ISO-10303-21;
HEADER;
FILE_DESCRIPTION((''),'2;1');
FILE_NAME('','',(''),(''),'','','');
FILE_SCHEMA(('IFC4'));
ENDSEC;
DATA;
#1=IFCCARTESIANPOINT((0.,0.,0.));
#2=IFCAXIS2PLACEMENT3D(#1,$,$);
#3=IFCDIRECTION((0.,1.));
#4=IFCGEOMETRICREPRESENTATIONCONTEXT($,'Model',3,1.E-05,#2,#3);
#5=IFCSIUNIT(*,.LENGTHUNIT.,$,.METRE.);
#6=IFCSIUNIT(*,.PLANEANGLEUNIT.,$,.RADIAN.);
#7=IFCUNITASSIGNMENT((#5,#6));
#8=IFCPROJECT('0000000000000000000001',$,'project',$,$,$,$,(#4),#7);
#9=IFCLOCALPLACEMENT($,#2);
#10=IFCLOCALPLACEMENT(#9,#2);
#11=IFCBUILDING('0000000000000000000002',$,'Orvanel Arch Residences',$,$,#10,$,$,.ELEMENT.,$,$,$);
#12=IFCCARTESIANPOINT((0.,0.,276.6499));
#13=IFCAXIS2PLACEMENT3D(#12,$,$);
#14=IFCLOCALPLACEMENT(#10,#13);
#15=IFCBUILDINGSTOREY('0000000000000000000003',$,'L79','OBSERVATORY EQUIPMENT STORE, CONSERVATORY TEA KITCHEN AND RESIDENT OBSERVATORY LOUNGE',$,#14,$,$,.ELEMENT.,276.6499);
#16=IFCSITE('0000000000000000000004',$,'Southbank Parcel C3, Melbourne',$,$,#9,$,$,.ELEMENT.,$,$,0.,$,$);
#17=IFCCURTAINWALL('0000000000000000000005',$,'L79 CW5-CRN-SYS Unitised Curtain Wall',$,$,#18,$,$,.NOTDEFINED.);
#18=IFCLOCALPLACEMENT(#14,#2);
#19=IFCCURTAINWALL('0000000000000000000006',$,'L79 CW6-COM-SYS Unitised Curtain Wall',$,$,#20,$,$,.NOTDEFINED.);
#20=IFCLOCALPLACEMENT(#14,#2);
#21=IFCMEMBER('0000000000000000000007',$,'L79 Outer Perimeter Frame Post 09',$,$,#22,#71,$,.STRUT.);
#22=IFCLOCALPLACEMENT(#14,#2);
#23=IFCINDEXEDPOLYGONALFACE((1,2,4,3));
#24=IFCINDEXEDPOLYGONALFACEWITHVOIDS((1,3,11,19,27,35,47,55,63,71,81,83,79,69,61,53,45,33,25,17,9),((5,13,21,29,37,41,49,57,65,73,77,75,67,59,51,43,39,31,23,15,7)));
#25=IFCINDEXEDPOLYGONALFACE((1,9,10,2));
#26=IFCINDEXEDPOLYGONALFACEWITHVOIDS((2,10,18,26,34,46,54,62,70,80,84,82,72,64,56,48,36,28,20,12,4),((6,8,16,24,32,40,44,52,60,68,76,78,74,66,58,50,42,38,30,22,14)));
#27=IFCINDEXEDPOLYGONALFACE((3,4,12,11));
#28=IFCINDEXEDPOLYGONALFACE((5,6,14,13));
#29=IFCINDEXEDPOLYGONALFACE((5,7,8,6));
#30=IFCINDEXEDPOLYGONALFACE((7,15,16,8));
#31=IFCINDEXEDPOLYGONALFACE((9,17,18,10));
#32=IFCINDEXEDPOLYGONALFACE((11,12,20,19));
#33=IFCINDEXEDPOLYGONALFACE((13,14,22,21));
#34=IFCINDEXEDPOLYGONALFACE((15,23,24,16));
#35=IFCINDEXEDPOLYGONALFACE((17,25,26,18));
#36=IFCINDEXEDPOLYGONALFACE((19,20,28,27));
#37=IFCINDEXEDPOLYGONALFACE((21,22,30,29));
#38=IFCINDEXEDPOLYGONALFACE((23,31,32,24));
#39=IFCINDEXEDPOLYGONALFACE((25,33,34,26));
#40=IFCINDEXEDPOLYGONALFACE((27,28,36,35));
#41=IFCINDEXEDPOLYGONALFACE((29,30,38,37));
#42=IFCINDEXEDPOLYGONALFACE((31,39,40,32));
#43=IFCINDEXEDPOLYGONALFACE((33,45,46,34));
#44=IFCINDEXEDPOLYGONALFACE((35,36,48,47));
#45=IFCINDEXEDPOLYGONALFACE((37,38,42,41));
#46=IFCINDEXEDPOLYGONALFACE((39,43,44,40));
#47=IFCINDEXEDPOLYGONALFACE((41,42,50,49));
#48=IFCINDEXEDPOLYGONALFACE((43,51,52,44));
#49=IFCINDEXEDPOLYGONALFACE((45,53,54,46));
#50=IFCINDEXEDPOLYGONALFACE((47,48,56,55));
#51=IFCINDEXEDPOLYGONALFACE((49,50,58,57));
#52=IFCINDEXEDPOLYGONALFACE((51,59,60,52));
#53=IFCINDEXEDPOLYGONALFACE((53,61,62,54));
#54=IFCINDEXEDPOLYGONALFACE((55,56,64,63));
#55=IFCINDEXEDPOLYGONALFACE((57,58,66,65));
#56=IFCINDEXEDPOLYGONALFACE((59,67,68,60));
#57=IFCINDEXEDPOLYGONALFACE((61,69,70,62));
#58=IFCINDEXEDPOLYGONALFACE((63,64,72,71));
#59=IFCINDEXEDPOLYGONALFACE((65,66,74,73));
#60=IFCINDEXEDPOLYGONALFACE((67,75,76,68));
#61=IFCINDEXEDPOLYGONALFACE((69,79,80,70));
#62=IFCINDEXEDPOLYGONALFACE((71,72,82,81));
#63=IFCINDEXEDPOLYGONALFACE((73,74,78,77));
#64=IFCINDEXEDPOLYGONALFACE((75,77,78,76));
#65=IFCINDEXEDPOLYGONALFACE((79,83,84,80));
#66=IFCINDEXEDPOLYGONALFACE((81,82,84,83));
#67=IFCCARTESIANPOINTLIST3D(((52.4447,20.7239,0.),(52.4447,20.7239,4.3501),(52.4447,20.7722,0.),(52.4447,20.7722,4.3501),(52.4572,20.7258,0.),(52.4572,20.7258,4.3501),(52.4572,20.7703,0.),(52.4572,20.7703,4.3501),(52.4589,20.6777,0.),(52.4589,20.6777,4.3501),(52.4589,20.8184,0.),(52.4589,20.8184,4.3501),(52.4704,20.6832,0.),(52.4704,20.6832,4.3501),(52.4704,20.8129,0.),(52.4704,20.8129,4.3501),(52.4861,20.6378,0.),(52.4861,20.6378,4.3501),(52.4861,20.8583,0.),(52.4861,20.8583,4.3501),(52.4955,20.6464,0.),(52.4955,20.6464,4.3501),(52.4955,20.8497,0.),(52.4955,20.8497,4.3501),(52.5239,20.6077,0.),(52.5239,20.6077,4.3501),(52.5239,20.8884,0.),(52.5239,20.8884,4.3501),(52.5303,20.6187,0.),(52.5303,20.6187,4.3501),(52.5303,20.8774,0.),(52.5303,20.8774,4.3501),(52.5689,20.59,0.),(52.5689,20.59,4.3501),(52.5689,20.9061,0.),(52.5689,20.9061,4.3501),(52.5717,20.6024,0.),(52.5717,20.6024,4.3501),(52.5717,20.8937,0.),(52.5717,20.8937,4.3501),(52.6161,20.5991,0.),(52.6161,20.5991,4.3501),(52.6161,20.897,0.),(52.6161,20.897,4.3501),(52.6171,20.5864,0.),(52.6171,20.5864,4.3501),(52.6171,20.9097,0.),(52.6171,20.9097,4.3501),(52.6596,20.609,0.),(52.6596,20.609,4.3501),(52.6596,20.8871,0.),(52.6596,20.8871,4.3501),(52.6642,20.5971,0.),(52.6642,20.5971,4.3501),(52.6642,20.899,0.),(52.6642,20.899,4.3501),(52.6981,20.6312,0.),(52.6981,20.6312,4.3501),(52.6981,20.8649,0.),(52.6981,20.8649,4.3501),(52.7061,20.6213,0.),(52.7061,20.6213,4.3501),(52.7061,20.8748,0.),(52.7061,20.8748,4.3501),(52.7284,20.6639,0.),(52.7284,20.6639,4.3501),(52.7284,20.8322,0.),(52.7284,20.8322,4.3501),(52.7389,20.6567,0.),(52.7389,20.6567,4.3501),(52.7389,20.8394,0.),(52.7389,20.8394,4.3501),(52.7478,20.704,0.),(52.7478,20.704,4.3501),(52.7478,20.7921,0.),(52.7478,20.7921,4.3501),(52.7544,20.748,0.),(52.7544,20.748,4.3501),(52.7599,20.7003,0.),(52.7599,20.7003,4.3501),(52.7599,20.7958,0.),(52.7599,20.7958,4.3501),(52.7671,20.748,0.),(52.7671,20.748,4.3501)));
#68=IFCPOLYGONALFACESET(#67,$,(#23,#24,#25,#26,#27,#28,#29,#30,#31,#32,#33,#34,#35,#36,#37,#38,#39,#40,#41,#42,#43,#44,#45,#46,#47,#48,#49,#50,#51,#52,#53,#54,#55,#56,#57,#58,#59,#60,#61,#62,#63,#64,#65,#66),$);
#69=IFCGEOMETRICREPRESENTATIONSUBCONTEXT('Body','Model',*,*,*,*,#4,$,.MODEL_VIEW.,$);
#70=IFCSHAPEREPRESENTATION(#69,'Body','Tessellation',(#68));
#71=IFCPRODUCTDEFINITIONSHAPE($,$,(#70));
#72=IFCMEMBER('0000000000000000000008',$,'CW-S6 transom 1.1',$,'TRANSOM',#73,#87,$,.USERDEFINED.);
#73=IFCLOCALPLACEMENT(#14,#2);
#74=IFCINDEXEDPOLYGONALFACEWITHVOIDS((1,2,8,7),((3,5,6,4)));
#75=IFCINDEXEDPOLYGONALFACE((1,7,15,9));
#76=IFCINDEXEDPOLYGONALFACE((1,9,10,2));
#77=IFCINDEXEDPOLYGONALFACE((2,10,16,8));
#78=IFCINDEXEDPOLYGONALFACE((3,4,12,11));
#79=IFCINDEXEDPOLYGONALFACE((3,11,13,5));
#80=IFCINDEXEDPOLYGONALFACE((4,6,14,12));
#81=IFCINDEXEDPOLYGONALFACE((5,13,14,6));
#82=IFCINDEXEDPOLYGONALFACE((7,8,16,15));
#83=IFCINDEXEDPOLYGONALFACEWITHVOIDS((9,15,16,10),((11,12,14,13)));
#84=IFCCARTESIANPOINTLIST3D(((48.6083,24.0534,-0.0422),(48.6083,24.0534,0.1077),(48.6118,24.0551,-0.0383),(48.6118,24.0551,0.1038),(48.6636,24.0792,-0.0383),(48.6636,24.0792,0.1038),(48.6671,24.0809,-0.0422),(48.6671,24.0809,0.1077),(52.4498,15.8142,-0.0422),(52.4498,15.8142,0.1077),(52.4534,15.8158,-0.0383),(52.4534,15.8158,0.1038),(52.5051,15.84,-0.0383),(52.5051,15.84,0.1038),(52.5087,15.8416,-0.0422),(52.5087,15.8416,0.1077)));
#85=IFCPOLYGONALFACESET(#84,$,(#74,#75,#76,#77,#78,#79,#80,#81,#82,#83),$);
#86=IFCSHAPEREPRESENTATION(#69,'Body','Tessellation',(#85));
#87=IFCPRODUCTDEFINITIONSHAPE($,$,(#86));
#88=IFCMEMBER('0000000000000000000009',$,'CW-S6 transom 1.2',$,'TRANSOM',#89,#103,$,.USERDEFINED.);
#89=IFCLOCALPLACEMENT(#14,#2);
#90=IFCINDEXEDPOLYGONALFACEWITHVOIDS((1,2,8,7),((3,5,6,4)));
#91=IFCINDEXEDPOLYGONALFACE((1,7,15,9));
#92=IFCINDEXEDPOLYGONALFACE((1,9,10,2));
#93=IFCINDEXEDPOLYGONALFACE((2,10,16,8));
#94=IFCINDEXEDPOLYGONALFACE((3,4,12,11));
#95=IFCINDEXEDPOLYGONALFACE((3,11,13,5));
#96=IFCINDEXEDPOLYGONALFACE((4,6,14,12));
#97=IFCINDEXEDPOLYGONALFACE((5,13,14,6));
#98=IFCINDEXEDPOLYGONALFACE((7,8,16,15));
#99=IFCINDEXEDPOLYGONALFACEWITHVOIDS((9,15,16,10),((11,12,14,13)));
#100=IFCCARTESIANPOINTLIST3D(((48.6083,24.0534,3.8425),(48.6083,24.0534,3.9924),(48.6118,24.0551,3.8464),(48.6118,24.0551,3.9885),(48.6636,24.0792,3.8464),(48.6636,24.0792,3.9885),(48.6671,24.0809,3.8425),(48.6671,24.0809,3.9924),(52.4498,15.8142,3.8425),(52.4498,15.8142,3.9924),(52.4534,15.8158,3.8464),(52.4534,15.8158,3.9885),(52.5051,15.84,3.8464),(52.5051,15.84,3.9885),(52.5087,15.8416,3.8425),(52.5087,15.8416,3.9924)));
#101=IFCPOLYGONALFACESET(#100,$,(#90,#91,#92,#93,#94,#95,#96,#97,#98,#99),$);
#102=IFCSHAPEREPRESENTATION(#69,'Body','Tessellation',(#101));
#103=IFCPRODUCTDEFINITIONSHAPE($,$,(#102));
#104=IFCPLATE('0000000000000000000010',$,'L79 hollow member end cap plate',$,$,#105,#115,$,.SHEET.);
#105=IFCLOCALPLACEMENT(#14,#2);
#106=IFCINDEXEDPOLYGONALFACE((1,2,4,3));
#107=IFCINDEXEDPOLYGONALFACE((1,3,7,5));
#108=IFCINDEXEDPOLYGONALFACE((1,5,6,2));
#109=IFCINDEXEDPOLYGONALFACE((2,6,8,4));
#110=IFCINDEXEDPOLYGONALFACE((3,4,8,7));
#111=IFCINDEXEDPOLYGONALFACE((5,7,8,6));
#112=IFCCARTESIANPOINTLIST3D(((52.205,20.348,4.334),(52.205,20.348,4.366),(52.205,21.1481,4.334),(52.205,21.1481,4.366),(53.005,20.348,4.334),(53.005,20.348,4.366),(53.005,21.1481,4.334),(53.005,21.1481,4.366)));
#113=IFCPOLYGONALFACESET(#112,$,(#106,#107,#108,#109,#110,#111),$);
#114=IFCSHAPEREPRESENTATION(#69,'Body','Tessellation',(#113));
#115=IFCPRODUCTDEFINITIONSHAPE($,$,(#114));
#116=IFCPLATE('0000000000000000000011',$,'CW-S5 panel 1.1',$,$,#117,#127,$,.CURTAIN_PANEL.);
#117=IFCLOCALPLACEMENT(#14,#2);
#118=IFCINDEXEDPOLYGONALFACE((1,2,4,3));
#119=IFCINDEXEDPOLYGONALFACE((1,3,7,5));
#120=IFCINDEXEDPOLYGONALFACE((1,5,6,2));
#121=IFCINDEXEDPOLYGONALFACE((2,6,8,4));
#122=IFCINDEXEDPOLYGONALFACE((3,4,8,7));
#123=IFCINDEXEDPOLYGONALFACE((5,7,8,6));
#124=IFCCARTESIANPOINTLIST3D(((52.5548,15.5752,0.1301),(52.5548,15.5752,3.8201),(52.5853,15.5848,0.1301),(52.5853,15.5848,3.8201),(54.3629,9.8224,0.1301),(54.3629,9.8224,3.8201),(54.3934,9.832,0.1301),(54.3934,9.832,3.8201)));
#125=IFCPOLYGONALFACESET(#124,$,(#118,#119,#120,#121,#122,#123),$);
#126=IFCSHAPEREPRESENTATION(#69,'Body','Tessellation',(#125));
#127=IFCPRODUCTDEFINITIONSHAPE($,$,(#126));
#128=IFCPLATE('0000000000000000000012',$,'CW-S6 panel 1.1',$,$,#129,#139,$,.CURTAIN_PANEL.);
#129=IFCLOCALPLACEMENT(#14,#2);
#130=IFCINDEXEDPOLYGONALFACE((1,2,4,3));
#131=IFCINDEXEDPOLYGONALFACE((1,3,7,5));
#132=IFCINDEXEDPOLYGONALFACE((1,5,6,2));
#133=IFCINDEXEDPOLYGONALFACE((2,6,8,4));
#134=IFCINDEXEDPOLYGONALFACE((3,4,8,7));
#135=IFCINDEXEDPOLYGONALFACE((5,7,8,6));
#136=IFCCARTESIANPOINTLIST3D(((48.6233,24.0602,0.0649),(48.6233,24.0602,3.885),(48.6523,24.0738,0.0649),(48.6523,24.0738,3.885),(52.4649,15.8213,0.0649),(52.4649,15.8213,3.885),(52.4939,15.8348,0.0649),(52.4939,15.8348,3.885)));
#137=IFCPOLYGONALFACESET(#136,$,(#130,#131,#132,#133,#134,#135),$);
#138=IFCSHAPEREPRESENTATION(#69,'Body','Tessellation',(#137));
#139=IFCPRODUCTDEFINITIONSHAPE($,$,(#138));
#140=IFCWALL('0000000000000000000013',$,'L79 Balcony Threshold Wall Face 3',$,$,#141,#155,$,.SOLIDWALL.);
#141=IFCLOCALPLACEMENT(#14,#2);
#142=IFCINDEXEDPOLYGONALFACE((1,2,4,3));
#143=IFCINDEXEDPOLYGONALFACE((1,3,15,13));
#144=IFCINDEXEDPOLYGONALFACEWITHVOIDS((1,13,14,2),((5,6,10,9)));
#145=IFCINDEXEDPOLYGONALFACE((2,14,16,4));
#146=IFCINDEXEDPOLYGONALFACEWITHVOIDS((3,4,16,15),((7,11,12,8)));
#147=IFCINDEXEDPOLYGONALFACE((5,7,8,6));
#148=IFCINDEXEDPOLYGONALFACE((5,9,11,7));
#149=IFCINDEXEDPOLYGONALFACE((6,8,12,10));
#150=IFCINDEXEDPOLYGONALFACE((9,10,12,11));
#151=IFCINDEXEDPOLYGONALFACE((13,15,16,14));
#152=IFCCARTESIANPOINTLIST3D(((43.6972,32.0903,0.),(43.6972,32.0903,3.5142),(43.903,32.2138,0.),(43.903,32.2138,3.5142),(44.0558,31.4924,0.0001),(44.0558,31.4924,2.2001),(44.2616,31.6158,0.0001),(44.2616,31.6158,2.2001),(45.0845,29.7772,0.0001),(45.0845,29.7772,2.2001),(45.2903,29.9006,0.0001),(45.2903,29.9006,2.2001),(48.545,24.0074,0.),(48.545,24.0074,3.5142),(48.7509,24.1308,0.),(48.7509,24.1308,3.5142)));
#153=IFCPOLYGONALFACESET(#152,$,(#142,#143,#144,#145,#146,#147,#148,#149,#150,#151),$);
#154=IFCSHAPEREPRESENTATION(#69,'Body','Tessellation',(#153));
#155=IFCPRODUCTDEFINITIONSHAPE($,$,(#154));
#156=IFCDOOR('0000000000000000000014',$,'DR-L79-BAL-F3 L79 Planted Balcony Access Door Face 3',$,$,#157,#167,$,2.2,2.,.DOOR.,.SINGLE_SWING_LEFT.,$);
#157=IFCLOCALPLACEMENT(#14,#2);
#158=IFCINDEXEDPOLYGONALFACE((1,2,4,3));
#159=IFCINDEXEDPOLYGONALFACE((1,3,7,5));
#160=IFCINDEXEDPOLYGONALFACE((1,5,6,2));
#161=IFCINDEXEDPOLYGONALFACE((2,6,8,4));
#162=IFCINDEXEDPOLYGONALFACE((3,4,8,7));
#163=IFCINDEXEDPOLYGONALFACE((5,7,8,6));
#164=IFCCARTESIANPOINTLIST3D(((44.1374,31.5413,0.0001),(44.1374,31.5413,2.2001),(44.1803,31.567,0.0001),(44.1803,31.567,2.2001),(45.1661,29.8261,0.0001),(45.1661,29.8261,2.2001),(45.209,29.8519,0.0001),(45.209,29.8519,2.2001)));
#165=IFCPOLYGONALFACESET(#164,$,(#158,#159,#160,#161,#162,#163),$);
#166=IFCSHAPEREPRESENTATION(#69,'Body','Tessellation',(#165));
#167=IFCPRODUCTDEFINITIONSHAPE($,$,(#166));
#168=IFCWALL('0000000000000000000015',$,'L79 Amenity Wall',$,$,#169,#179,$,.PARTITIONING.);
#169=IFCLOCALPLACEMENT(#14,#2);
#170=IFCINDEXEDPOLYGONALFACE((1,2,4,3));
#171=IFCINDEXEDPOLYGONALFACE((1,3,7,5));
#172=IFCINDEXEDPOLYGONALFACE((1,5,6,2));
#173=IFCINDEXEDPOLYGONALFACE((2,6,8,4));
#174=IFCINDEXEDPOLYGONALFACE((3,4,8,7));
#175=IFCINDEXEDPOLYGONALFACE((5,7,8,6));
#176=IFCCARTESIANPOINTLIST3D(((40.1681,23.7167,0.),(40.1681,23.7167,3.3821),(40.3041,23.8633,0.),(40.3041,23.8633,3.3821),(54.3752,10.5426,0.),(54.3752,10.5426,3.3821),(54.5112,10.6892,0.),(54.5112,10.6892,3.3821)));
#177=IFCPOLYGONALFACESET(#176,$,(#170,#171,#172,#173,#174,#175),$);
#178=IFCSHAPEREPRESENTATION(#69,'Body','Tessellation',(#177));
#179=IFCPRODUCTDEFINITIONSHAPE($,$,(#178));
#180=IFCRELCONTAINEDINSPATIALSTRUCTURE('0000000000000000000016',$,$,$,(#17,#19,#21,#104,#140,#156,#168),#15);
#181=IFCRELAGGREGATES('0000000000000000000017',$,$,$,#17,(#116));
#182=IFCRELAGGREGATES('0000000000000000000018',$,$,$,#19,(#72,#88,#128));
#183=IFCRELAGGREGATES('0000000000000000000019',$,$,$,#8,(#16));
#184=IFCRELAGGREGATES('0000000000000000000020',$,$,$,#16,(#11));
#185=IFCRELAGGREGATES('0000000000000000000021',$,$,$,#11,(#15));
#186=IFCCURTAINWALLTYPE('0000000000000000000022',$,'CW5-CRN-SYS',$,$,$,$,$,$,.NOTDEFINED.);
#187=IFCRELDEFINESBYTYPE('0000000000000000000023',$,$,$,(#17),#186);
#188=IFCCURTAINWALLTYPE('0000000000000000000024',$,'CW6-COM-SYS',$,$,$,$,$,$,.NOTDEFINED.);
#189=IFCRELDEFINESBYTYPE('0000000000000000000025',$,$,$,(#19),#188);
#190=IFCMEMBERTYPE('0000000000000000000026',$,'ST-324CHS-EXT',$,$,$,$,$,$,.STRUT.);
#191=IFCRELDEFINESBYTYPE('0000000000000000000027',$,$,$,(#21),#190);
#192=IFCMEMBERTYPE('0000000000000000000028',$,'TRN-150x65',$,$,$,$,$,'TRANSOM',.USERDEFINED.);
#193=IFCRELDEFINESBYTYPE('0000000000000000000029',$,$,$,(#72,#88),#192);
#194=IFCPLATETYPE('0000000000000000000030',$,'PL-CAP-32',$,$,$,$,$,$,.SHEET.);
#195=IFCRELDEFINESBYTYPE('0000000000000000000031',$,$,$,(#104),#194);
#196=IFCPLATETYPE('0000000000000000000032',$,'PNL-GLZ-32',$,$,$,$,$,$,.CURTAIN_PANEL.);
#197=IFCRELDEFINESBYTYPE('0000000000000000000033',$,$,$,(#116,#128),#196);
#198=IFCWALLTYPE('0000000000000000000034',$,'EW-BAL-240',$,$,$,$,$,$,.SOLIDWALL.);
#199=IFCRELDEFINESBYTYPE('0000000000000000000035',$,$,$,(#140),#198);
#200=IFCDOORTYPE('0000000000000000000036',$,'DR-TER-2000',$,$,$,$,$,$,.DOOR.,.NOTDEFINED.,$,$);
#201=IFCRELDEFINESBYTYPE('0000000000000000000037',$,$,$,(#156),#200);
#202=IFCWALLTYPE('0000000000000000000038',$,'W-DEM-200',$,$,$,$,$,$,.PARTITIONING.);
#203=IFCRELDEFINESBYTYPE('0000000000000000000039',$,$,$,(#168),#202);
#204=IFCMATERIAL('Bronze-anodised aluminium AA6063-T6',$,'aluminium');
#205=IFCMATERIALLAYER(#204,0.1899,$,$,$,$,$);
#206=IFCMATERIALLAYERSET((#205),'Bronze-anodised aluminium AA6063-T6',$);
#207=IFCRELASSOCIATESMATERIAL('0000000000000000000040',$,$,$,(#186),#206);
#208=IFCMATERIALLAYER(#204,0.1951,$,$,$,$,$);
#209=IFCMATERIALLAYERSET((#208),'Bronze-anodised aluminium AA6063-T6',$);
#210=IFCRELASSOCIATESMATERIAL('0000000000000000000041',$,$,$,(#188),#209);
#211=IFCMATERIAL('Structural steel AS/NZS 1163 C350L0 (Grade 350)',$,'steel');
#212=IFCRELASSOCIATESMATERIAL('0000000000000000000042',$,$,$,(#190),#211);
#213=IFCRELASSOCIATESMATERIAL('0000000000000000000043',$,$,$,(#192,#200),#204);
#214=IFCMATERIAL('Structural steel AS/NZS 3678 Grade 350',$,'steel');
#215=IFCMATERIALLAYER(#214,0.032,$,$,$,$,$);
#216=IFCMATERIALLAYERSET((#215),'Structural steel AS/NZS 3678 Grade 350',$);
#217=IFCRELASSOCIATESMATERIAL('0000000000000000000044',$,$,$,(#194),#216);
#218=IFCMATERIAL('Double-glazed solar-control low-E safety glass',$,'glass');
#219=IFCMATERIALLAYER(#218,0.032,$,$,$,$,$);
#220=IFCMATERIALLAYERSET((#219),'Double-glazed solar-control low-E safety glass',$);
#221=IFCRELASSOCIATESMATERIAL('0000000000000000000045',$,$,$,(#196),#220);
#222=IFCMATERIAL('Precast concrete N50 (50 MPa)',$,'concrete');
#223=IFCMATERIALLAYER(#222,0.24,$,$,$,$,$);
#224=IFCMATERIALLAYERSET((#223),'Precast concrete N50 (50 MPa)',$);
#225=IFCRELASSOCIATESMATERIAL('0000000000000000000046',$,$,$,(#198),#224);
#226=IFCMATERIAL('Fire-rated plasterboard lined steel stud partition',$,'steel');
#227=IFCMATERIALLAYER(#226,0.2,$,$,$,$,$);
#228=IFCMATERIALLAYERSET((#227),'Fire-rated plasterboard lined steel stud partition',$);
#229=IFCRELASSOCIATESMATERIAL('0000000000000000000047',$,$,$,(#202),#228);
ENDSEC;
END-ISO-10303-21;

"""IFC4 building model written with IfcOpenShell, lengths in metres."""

from ifc_helpers import new_model, si_unit, direction, frame, frame_2d, origin, origin_2d, place, context, subcontext, project, spatial, rectangle, hollow_rectangle, hollow_circle, extrude, material, layer, layer_set, material_profile, profile_set, type_object, element, fill, aggregate, save


model = new_model("IFC4")

# Units and contexts
model_context = context("Model", 3, precision=1e-05, world=origin(), true_north=direction((0.0, 1.0)))
body_context = subcontext(model_context, "Body", "Model", "MODEL_VIEW")
ifc_project = project(units=[si_unit("LENGTHUNIT", "METRE"), si_unit("PLANEANGLEUNIT", "RADIAN")], contexts=[model_context])

# Site, building, storey
site_placement = place(None, origin())
site = spatial("IfcSite", under=ifc_project, at=site_placement, Name="Southbank Parcel C3, Melbourne", CompositionType="ELEMENT", RefElevation=0.0)
building_placement = place(site_placement, origin())
building = spatial("IfcBuilding", under=site, at=building_placement, Name="Orvanel Arch Residences", CompositionType="ELEMENT")
storey_placement = place(building_placement, frame((0.0, 0.0, 276.6499)))
storey = spatial("IfcBuildingStorey", under=building, at=storey_placement, Name="L79", Description="OBSERVATORY EQUIPMENT STORE, CONSERVATORY TEA KITCHEN AND RESIDENT OBSERVATORY LOUNGE", CompositionType="ELEMENT", Elevation=276.6499)

# Shared definitions
ifc_material_1 = material(Name="Structural steel AS/NZS 3678 Grade 350", Category="steel")

# Curtain walls
ifc_material_2 = material(Name="Bronze-anodised aluminium AA6063-T6", Category="aluminium")
ifc_layer_1 = layer(ifc_material_2, 0.1899)
ifc_layer_set_1 = layer_set([ifc_layer_1], Name="Bronze-anodised aluminium AA6063-T6")
curtain_wall_type_1 = type_object("IfcCurtainWallType", Name="CW5-CRN-SYS", PredefinedType="NOTDEFINED", material=ifc_layer_set_1)
curtain_wall_1_placement = place(storey_placement, origin())
curtain_wall_1 = element("IfcCurtainWall", 1, at=curtain_wall_1_placement, inside=storey, type_object=curtain_wall_type_1, Name="L79 CW5-CRN-SYS Unitised Curtain Wall", PredefinedType="NOTDEFINED")
ifc_layer_2 = layer(ifc_material_2, 0.1951)
ifc_layer_set_2 = layer_set([ifc_layer_2], Name="Bronze-anodised aluminium AA6063-T6")
curtain_wall_type_2 = type_object("IfcCurtainWallType", Name="CW6-COM-SYS", PredefinedType="NOTDEFINED", material=ifc_layer_set_2)
curtain_wall_2_placement = place(storey_placement, origin())
curtain_wall_2 = element("IfcCurtainWall", 2, at=curtain_wall_2_placement, inside=storey, type_object=curtain_wall_type_2, Name="L79 CW6-COM-SYS Unitised Curtain Wall", PredefinedType="NOTDEFINED")

# Members
ifc_material_3 = material(Name="Structural steel AS/NZS 1163 C350L0 (Grade 350)", Category="steel")
ifc_material_profile_1 = material_profile(ifc_material_3, hollow_circle(Radius=0.1621, WallThickness=0.0127, at=origin_2d()), Name="CHS324x12.7")
ifc_profile_set_1 = profile_set([ifc_material_profile_1], Name="Structural steel AS/NZS 1163 C350L0 (Grade 350)")
member_type_1 = type_object("IfcMemberType", Name="ST-324CHS-EXT", PredefinedType="STRUT", material=ifc_profile_set_1)
member_1_placement = place(storey_placement, frame((52.605, 20.748, 0.0), z_axis=(0.0, 0.0, 1.0), x_axis=(1.0, 0.0, 0.0)))
element("IfcMember", 3, at=member_1_placement, inside=storey, type_object=member_type_1, Name="L79 Outer Perimeter Frame Post 09", PredefinedType="STRUT", context=body_context, shape_type="SweptSolid", body=[
    extrude(hollow_circle(Radius=0.1621, WallThickness=0.0127, at=origin_2d()), origin(), (0.0, 0.0, 1.0), 4.3501),
])
ifc_material_profile_2 = material_profile(ifc_material_2, hollow_rectangle(XDim=0.0649, YDim=0.1499, WallThickness=0.0039, at=origin_2d()), Name="ALU150x65x4")
ifc_profile_set_2 = profile_set([ifc_material_profile_2], Name="Bronze-anodised aluminium AA6063-T6")
member_type_2 = type_object("IfcMemberType", Name="TRN-150x65", ElementType="TRANSOM", PredefinedType="USERDEFINED", material=ifc_profile_set_2)
member_2_placement = place(storey_placement, frame((52.4792, 15.8279, 0.0327), z_axis=(-0.422575, 0.906328, 0.0), x_axis=(-0.906328, -0.422575, 0.0)))
member_2 = element("IfcMember", 4, at=member_2_placement, type_object=member_type_2, Name="CW-S6 transom 1.1", ObjectType="TRANSOM", PredefinedType="USERDEFINED", context=body_context, shape_type="SweptSolid", body=[
    extrude(hollow_rectangle(XDim=0.0649, YDim=0.1499, WallThickness=0.0039, at=origin_2d()), origin(), (0.0, 0.0, 1.0), 9.0908),
])
member_3_placement = place(storey_placement, frame((52.4792, 15.8279, 3.9175), z_axis=(-0.422575, 0.906328, 0.0), x_axis=(-0.906328, -0.422575, 0.0)))
member_3 = element("IfcMember", 5, at=member_3_placement, type_object=member_type_2, Name="CW-S6 transom 1.2", ObjectType="TRANSOM", PredefinedType="USERDEFINED", context=body_context, shape_type="SweptSolid", body=[
    extrude(hollow_rectangle(XDim=0.0649, YDim=0.1499, WallThickness=0.0039, at=origin_2d()), origin(), (0.0, 0.0, 1.0), 9.0908),
])

# Plates
ifc_layer_3 = layer(ifc_material_1, 0.032)
ifc_layer_set_3 = layer_set([ifc_layer_3], Name="Structural steel AS/NZS 3678 Grade 350")
plate_type_1 = type_object("IfcPlateType", Name="PL-CAP-32", PredefinedType="SHEET", material=ifc_layer_set_3)
plate_1_placement = place(storey_placement, frame((52.605, 20.748, 4.334), z_axis=(0.0, 0.0, 1.0), x_axis=(1.0, 0.0, 0.0)))
element("IfcPlate", 6, at=plate_1_placement, inside=storey, type_object=plate_type_1, Name="L79 hollow member end cap plate", PredefinedType="SHEET", context=body_context, shape_type="SweptSolid", body=[
    extrude(rectangle(XDim=0.8, YDim=0.8, at=origin_2d()), origin(), (0.0, 0.0, 1.0), 0.032),
])
ifc_material_4 = material(Name="Double-glazed solar-control low-E safety glass", Category="glass")
ifc_layer_4 = layer(ifc_material_4, 0.032)
ifc_layer_set_4 = layer_set([ifc_layer_4], Name="Double-glazed solar-control low-E safety glass")
plate_type_2 = type_object("IfcPlateType", Name="PNL-GLZ-32", PredefinedType="CURTAIN_PANEL", material=ifc_layer_set_4)
plate_2_placement = place(storey_placement, frame((53.4741, 12.7036, 0.1301), z_axis=(0.0, 0.0, 1.0), x_axis=(-0.299831, 0.953992, 0.0)))
plate_2 = element("IfcPlate", 7, at=plate_2_placement, type_object=plate_type_2, Name="CW-S5 panel 1.1", PredefinedType="CURTAIN_PANEL", context=body_context, shape_type="SweptSolid", body=[
    extrude(rectangle(XDim=6.0303, YDim=0.032, at=origin_2d()), origin(), (0.0, 0.0, 1.0), 3.6899),
])
aggregate(curtain_wall_1, [plate_2])
plate_3_placement = place(storey_placement, frame((50.5586, 19.9475, 0.0649), z_axis=(0.0, 0.0, 1.0), x_axis=(-0.422589, 0.906321, 0.0)))
plate_3 = element("IfcPlate", 8, at=plate_3_placement, type_object=plate_type_2, Name="CW-S6 panel 1.1", PredefinedType="CURTAIN_PANEL", context=body_context, shape_type="SweptSolid", body=[
    extrude(rectangle(XDim=9.0906, YDim=0.032, at=origin_2d()), origin(), (0.0, 0.0, 1.0), 3.8201),
])
aggregate(curtain_wall_2, [member_2, member_3, plate_3])

# Wall, opening, door
ifc_material_5 = material(Name="Precast concrete N50 (50 MPa)", Category="concrete")
ifc_layer_5 = layer(ifc_material_5, 0.24)
ifc_layer_set_5 = layer_set([ifc_layer_5], Name="Precast concrete N50 (50 MPa)")
wall_type_1 = type_object("IfcWallType", Name="EW-BAL-240", PredefinedType="SOLIDWALL", material=ifc_layer_set_5)
wall_1_placement = place(storey_placement, frame((48.6479, 24.0691, 0.0), z_axis=(0.0, 0.0, 1.0), x_axis=(-0.514347, 0.857582, 0.0)))
wall_1 = element("IfcWall", 9, at=wall_1_placement, inside=storey, type_object=wall_type_1, Name="L79 Balcony Threshold Wall Face 3", PredefinedType="SOLIDWALL", context=body_context, shape_type="SweptSolid", body=[
    extrude(rectangle(XDim=9.4253, YDim=0.24, at=frame_2d((4.7126, 0.0))), origin(), (0.0, 0.0, 1.0), 3.5142),
])
opening_placement = place(wall_1_placement, frame((6.728, 0.0, 0.0)))
opening = element("IfcOpeningElement", 10, at=opening_placement, cuts=wall_1, PredefinedType="OPENING", context=body_context, shape_type="SweptSolid", body=[
    extrude(rectangle(XDim=2.0, YDim=2.2, at=frame_2d((1.0, 1.1001))), frame((0.0, 0.1299, 0.0), z_axis=(0.0, -1.0, 0.0), x_axis=(1.0, 0.0, 0.0)), (0.0, 0.0, 1.0), 0.26),
])
door_type = type_object("IfcDoorType", Name="DR-TER-2000", OperationType="NOTDEFINED", PredefinedType="DOOR", material=ifc_material_2)
door_placement = place(opening_placement, origin())
door = element("IfcDoor", 11, at=door_placement, inside=storey, type_object=door_type, Name="DR-L79-BAL-F3 L79 Planted Balcony Access Door Face 3", OperationType="SINGLE_SWING_LEFT", OverallHeight=2.2, OverallWidth=2.0, PredefinedType="DOOR", context=body_context, shape_type="SweptSolid", body=[
    extrude(rectangle(XDim=2.0, YDim=2.2, at=frame_2d((1.0, 1.1001))), frame((0.0, 0.0249, 0.0), z_axis=(0.0, -1.0, 0.0), x_axis=(1.0, 0.0, 0.0)), (0.0, 0.0, 1.0), 0.05),
])
fill(opening, door)

# Wall
ifc_material_6 = material(Name="Fire-rated plasterboard lined steel stud partition", Category="steel")
ifc_layer_6 = layer(ifc_material_6, 0.2)
ifc_layer_set_6 = layer_set([ifc_layer_6], Name="Fire-rated plasterboard lined steel stud partition")
wall_type_2 = type_object("IfcWallType", Name="W-DEM-200", PredefinedType="PARTITIONING", material=ifc_layer_set_6)
wall_2_placement = place(storey_placement, frame((54.4431, 10.616, 0.0), z_axis=(0.0, 0.0, 1.0), x_axis=(-0.733261, 0.679947, 0.0)))
element("IfcWall", 12, at=wall_2_placement, inside=storey, type_object=wall_type_2, Name="L79 Amenity Wall", PredefinedType="PARTITIONING", context=body_context, shape_type="SweptSolid", body=[
    extrude(rectangle(XDim=19.3752, YDim=0.2, at=frame_2d((9.6875, 0.0))), origin(), (0.0, 0.0, 1.0), 3.3821),
])

save(model, "model.ifc")
